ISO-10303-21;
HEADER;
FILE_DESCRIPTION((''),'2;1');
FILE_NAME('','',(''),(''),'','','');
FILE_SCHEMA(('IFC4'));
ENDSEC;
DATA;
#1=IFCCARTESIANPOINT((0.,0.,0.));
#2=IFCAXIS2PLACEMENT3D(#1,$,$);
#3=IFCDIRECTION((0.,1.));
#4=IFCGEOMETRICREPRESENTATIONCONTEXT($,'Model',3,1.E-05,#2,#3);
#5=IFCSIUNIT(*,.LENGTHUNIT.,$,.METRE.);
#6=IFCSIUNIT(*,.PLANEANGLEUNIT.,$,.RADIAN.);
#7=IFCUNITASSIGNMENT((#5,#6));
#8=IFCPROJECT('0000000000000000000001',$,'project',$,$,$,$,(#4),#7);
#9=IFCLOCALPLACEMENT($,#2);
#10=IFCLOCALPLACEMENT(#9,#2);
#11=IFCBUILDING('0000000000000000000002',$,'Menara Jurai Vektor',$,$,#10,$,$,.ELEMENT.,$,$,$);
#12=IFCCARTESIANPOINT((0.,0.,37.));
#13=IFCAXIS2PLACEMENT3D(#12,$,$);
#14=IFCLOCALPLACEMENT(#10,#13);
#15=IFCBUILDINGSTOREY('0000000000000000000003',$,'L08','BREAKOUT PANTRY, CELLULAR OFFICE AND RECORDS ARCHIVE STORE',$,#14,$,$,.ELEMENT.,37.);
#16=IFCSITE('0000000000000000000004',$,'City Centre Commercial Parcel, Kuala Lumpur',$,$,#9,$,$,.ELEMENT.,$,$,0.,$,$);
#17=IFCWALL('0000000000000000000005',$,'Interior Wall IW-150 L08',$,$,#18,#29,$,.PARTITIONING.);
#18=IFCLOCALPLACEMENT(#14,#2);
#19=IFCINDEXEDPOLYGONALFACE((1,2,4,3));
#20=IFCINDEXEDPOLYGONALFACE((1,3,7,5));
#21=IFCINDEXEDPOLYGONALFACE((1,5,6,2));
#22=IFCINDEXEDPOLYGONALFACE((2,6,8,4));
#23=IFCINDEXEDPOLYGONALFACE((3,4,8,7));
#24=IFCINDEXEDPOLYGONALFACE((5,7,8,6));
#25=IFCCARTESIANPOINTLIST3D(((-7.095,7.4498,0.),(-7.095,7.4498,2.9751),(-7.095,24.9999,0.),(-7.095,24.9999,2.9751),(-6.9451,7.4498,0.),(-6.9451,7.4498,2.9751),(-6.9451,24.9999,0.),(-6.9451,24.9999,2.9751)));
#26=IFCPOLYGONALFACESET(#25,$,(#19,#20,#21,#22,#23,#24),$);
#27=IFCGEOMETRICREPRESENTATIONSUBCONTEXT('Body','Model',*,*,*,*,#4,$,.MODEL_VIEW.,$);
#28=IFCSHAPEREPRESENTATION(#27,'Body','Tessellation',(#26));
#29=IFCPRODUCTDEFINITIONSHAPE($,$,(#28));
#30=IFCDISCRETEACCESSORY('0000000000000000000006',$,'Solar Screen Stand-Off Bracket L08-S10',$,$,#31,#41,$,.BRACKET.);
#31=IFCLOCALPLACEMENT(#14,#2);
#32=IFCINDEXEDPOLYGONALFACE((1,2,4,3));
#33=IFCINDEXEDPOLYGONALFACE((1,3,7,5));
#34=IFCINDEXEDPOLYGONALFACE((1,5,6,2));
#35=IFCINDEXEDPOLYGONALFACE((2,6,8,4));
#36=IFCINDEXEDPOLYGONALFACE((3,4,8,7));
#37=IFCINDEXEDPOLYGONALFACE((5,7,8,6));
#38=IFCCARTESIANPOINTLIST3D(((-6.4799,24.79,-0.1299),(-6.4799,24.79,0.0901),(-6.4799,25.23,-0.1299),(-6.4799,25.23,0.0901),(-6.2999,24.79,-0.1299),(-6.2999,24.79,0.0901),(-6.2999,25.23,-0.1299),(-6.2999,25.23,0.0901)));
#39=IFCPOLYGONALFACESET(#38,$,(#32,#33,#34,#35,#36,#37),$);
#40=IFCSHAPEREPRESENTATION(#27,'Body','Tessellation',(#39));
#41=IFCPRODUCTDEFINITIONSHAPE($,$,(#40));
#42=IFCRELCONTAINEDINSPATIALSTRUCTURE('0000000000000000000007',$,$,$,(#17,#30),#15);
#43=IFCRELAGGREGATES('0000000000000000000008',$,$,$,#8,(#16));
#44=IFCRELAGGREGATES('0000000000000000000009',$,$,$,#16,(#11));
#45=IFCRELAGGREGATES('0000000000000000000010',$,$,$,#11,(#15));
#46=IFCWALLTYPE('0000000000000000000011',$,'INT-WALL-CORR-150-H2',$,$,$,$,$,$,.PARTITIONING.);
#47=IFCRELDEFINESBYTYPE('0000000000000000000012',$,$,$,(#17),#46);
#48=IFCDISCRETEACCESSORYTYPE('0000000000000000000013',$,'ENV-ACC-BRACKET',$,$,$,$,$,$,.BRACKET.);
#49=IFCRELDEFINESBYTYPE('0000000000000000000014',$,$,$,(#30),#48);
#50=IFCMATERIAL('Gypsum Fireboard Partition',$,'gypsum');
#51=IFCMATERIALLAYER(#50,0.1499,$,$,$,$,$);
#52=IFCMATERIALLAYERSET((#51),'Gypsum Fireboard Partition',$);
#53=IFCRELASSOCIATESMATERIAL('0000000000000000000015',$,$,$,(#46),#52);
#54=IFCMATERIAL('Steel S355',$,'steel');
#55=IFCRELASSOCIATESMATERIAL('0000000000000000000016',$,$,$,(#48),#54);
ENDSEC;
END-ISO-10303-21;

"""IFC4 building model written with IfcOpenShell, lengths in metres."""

from ifc_helpers import new_model, si_unit, direction, frame, frame_2d, origin, origin_2d, place, context, subcontext, project, spatial, rectangle, extrude, material, layer, layer_set, type_object, element, save


model = new_model("IFC4")

# Units and contexts
model_context = context("Model", 3, precision=1e-05, world=origin(), true_north=direction((0.0, 1.0)))
body_context = subcontext(model_context, "Body", "Model", "MODEL_VIEW")
ifc_project = project(units=[si_unit("LENGTHUNIT", "METRE"), si_unit("PLANEANGLEUNIT", "RADIAN")], contexts=[model_context])

# Site, building, storey
site_placement = place(None, origin())
site = spatial("IfcSite", under=ifc_project, at=site_placement, Name="City Centre Commercial Parcel, Kuala Lumpur", CompositionType="ELEMENT", RefElevation=0.0)
building_placement = place(site_placement, origin())
building = spatial("IfcBuilding", under=site, at=building_placement, Name="Menara Jurai Vektor", CompositionType="ELEMENT")
storey_placement = place(building_placement, frame((0.0, 0.0, 37.0)))
storey = spatial("IfcBuildingStorey", under=building, at=storey_placement, Name="L08", Description="BREAKOUT PANTRY, CELLULAR OFFICE AND RECORDS ARCHIVE STORE", CompositionType="ELEMENT", Elevation=37.0)

# Shared definitions
ifc_material_1 = material(Name="Steel S355", Category="steel")

# Shared definitions
ifc_material_2 = material(Name="Gypsum Fireboard Partition", Category="gypsum")

# Wall
ifc_layer_1 = layer(ifc_material_2, 0.1499)
ifc_layer_set_1 = layer_set([ifc_layer_1], Name="Gypsum Fireboard Partition")
wall_type_1 = type_object("IfcWallType", Name="INT-WALL-CORR-150-H2", PredefinedType="PARTITIONING", material=ifc_layer_set_1)
wall_1_placement = place(storey_placement, frame((-7.02, 7.45, 0.0), z_axis=(0.0, 0.0, 1.0), x_axis=(0.0, 1.0, 0.0)))
element("IfcWall", 1, at=wall_1_placement, inside=storey, type_object=wall_type_1, Name="Interior Wall IW-150 L08", PredefinedType="PARTITIONING", context=body_context, shape_type="SweptSolid", body=[
    extrude(rectangle(XDim=17.55, YDim=0.1499, at=frame_2d((8.7749, 0.0))), origin(), (0.0, 0.0, 1.0), 2.9751),
])

# Discrete accessory
discrete_accessory_type = type_object("IfcDiscreteAccessoryType", Name="ENV-ACC-BRACKET", PredefinedType="BRACKET", material=ifc_material_1)
discrete_accessory_placement = place(storey_placement, frame((-6.3899, 25.01, -0.1299), z_axis=(0.0, 0.0, 1.0), x_axis=(-1.0, 0.0, 0.0)))
element("IfcDiscreteAccessory", 2, at=discrete_accessory_placement, inside=storey, type_object=discrete_accessory_type, Name="Solar Screen Stand-Off Bracket L08-S10", PredefinedType="BRACKET", context=body_context, shape_type="SweptSolid", body=[
    extrude(rectangle(XDim=0.1799, YDim=0.4399, at=origin_2d()), origin(), (0.0, 0.0, 1.0), 0.22),
])

save(model, "model.ifc")
